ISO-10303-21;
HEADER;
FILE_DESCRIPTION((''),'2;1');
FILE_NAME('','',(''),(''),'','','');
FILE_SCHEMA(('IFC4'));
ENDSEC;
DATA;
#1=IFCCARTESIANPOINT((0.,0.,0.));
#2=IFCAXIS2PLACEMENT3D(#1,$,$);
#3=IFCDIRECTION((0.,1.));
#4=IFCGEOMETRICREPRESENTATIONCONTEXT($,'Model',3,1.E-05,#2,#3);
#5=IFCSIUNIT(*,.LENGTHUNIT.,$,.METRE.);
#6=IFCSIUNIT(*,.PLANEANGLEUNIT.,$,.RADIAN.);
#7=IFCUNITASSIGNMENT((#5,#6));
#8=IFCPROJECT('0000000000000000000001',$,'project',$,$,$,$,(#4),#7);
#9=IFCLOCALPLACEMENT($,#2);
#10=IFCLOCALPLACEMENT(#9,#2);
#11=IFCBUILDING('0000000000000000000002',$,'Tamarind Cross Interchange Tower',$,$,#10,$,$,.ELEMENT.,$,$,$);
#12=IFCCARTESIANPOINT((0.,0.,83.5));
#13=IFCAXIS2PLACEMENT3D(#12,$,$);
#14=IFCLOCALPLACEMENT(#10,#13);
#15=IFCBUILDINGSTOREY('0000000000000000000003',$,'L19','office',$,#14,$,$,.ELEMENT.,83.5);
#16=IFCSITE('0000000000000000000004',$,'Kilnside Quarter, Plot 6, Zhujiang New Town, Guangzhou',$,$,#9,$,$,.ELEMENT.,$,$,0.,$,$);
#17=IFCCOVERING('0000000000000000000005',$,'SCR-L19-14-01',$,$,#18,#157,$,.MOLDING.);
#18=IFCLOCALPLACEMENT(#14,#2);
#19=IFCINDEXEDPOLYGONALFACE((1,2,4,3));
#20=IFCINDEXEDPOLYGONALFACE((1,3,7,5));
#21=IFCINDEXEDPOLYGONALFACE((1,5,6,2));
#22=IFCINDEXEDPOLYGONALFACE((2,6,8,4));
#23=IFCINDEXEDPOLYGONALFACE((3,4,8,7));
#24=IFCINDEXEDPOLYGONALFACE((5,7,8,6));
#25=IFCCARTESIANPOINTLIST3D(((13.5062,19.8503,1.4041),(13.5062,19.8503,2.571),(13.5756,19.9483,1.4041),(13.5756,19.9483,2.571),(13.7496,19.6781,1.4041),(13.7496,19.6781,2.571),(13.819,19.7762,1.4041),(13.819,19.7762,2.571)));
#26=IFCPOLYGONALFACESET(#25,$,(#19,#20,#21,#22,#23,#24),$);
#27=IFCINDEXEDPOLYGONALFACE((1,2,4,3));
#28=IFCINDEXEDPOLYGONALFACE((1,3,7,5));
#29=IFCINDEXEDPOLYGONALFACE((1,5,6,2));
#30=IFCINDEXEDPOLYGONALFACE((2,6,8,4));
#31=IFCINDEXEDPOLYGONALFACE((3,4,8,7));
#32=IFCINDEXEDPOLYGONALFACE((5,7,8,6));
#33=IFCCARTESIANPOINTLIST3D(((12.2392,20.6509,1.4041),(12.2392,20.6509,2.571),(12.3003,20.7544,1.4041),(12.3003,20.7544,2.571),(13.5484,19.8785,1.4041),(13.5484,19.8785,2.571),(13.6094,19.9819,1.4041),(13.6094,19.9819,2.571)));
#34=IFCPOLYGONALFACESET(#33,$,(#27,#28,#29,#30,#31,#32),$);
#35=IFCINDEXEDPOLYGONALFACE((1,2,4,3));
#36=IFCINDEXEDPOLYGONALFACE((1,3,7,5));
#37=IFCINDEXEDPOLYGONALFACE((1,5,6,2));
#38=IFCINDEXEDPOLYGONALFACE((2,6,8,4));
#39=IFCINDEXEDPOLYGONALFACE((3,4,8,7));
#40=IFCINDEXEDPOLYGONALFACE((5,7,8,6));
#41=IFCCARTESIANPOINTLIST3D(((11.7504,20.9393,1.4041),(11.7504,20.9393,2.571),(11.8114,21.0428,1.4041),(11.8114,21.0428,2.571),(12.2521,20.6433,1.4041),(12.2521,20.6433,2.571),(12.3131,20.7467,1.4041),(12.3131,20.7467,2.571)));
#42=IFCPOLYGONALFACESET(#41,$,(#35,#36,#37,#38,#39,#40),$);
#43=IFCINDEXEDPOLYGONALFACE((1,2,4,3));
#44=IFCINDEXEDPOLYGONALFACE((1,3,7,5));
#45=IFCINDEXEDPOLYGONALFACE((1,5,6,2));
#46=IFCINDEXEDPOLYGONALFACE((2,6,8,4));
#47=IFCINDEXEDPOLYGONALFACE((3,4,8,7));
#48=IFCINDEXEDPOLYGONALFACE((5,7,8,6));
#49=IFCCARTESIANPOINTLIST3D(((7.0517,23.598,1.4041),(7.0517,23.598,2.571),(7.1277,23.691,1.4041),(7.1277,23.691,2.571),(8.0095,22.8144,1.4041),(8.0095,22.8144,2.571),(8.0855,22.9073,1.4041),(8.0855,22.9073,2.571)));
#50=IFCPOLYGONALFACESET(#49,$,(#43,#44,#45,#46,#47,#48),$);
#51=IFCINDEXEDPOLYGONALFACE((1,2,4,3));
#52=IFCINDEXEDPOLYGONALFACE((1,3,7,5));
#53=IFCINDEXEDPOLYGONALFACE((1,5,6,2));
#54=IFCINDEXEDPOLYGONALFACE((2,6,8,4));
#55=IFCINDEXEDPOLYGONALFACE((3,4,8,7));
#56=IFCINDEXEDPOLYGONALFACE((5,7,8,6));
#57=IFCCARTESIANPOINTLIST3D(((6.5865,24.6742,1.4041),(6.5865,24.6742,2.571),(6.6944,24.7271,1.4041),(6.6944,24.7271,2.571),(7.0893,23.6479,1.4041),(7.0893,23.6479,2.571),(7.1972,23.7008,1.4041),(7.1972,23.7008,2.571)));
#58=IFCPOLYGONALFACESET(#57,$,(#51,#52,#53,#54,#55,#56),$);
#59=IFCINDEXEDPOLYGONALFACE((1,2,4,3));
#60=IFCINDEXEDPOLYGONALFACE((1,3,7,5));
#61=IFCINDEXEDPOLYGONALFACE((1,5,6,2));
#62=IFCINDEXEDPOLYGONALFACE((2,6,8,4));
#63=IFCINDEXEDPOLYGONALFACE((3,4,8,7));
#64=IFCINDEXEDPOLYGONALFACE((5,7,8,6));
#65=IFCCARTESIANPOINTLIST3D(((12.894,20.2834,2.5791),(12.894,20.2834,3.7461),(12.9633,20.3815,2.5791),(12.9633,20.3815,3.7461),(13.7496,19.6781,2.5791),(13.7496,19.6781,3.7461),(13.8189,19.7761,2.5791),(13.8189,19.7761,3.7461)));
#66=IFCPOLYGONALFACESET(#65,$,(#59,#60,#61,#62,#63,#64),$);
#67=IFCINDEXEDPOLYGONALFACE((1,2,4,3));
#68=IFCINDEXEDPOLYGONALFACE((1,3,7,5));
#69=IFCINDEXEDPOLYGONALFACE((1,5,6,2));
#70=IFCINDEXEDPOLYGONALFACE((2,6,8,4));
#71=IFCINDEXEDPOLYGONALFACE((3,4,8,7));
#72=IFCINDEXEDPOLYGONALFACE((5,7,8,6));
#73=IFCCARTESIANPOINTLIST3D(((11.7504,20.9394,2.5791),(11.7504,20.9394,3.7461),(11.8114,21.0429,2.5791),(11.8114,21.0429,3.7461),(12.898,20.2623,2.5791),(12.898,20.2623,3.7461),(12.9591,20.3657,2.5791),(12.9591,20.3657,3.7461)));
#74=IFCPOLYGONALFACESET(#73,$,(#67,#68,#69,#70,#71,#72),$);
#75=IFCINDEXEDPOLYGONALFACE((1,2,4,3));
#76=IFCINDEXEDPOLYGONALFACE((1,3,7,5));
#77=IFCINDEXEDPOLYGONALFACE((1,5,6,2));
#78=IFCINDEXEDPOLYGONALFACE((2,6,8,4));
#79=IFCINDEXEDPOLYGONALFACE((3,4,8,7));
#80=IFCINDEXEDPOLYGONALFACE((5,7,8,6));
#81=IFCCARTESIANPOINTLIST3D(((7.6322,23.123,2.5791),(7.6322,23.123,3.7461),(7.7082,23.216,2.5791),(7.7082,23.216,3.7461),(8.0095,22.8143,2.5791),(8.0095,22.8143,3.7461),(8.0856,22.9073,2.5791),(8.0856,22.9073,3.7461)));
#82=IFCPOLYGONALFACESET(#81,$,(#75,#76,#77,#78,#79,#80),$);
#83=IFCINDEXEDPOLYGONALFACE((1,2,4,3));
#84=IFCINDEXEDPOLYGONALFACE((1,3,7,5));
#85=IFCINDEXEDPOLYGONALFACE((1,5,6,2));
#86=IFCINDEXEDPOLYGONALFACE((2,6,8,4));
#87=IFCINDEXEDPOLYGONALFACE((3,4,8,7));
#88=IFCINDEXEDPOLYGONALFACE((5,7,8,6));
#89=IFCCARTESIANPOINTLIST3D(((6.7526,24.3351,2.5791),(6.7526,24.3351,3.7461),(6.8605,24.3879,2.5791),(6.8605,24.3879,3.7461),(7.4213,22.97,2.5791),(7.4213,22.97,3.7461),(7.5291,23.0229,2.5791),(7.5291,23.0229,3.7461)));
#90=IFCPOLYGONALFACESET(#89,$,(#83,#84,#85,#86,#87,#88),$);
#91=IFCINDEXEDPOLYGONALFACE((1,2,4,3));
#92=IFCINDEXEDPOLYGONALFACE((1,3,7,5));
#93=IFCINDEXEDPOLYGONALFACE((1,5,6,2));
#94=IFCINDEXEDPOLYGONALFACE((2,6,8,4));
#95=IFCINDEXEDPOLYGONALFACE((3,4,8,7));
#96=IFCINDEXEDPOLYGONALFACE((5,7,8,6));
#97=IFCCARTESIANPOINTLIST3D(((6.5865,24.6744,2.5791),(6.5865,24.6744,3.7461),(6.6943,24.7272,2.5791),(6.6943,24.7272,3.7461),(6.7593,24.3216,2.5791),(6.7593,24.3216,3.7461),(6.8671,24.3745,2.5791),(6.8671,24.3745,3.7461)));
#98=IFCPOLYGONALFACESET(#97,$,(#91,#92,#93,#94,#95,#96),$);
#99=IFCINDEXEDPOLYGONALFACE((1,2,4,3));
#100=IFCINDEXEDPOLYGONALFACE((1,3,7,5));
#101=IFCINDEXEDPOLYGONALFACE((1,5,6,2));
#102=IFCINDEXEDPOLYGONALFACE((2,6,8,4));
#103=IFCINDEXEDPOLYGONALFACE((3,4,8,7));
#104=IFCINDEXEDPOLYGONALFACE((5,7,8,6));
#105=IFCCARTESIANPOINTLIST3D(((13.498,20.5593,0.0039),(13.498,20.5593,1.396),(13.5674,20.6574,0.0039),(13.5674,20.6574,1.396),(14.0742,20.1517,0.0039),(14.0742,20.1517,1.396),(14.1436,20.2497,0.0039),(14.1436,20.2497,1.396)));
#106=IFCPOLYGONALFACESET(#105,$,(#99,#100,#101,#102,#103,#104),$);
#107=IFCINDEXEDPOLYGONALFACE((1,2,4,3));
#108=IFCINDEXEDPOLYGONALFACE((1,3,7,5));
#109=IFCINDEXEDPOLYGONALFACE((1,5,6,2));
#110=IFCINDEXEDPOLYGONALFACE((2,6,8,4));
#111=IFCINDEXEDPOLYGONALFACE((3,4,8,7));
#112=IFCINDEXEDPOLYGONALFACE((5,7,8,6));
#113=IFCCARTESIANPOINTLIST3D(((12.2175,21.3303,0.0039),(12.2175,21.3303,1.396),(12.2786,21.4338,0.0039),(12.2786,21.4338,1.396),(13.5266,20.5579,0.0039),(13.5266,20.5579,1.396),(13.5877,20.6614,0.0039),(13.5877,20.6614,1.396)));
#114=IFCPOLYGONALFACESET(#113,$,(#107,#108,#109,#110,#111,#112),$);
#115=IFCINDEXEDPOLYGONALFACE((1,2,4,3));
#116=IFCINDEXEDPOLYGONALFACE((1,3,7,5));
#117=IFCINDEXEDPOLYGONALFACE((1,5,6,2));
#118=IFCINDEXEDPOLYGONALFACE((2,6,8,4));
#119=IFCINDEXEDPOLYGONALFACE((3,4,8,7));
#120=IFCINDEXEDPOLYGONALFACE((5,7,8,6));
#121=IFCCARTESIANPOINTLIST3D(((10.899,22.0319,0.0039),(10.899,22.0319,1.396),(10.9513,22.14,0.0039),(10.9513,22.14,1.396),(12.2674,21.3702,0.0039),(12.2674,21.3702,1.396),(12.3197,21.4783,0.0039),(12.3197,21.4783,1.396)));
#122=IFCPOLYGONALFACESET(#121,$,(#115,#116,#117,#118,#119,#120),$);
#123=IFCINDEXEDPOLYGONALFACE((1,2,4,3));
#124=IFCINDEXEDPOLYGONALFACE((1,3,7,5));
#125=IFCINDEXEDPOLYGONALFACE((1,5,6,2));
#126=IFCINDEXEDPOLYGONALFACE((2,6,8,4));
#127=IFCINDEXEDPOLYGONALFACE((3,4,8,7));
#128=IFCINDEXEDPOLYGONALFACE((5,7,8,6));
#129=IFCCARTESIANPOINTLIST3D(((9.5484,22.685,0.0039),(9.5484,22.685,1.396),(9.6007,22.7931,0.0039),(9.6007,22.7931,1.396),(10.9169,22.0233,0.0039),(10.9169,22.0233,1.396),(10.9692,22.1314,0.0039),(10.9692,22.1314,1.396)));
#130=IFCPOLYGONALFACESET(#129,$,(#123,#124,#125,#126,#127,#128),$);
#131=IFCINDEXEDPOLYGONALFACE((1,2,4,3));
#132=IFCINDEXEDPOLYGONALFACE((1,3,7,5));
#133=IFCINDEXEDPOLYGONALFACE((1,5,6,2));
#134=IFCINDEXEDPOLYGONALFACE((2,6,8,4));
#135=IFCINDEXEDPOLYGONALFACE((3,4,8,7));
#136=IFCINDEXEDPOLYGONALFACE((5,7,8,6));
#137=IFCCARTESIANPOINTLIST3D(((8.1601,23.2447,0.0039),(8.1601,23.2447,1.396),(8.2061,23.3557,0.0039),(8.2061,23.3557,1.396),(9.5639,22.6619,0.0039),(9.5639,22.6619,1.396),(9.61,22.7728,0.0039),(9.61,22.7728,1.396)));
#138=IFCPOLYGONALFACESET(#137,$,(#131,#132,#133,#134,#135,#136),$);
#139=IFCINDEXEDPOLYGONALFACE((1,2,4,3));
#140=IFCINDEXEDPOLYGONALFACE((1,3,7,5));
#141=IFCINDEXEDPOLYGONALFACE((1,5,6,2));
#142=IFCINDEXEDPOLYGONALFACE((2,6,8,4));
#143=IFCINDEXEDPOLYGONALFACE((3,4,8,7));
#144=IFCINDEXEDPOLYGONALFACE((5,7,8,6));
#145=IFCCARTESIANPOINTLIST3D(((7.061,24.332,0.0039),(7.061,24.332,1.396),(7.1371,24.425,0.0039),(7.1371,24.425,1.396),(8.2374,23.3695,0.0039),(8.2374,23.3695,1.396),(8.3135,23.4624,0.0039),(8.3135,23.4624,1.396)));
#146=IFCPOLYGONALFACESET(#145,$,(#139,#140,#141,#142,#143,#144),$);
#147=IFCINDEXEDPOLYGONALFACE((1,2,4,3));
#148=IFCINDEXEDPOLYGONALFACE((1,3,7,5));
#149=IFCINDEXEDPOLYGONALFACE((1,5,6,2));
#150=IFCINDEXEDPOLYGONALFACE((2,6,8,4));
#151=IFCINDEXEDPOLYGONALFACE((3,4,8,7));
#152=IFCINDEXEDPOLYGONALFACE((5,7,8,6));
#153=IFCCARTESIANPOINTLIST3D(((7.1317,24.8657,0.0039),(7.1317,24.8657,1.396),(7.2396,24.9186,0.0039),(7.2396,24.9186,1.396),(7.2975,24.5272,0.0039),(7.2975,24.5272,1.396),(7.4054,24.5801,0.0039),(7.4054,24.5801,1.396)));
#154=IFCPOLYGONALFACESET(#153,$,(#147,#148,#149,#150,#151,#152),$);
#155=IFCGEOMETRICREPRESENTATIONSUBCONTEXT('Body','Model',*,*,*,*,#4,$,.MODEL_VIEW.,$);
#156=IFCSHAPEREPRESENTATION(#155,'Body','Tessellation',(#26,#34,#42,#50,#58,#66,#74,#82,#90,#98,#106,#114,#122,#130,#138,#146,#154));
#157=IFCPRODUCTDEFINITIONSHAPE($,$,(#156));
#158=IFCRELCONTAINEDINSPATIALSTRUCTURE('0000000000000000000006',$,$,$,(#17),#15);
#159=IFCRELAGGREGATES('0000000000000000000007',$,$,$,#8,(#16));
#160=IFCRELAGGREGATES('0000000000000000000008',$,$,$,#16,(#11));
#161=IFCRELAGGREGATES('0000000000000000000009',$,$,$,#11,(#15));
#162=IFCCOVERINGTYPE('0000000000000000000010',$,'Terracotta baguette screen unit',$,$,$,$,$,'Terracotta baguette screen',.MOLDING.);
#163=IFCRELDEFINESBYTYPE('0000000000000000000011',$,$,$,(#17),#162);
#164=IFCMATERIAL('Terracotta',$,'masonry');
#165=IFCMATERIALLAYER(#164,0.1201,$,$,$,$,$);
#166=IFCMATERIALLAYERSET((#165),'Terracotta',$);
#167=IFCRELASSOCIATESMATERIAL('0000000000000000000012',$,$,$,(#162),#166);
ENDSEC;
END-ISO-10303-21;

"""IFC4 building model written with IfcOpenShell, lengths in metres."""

from ifc_helpers import new_model, si_unit, direction, frame, origin, origin_2d, place, context, subcontext, project, spatial, rectangle, extrude, material, layer, layer_set, type_object, element, save


model = new_model("IFC4")

# Units and contexts
model_context = context("Model", 3, precision=1e-05, world=origin(), true_north=direction((0.0, 1.0)))
body_context = subcontext(model_context, "Body", "Model", "MODEL_VIEW")
ifc_project = project(units=[si_unit("LENGTHUNIT", "METRE"), si_unit("PLANEANGLEUNIT", "RADIAN")], contexts=[model_context])

# Site, building, storey
site_placement = place(None, origin())
site = spatial("IfcSite", under=ifc_project, at=site_placement, Name="Kilnside Quarter, Plot 6, Zhujiang New Town, Guangzhou", CompositionType="ELEMENT", RefElevation=0.0)
building_placement = place(site_placement, origin())
building = spatial("IfcBuilding", under=site, at=building_placement, Name="Tamarind Cross Interchange Tower", CompositionType="ELEMENT")
storey_placement = place(building_placement, frame((0.0, 0.0, 83.5)))
storey = spatial("IfcBuildingStorey", under=building, at=storey_placement, Name="L19", Description="office", CompositionType="ELEMENT", Elevation=83.5)

# Covering
ifc_material_1 = material(Name="Terracotta", Category="masonry")
ifc_layer_1 = layer(ifc_material_1, 0.1201)
ifc_layer_set_1 = layer_set([ifc_layer_1], Name="Terracotta")
covering_type = type_object("IfcCoveringType", Name="Terracotta baguette screen unit", ElementType="Terracotta baguette screen", PredefinedType="MOLDING", material=ifc_layer_set_1)
covering_1_placement = place(storey_placement, origin())
element("IfcCovering", 1, at=covering_1_placement, inside=storey, type_object=covering_type, Name="SCR-L19-14-01", PredefinedType="MOLDING", context=body_context, shape_type="SweptSolid", body=[
    extrude(rectangle(XDim=0.2981, YDim=0.1201, at=origin_2d()), frame((13.6626, 19.8132, 1.4041), z_axis=(0.0, 0.0, 1.0), x_axis=(-0.816342, 0.577569, 0.0)), (0.0, 0.0, 1.0), 1.167),
    extrude(rectangle(XDim=1.52, YDim=0.1201, at=origin_2d()), frame((12.9243, 20.3164, 1.4041), z_axis=(0.0, 0.0, 1.0), x_axis=(-0.861249, 0.508183, 0.0)), (0.0, 0.0, 1.0), 1.167),
    extrude(rectangle(XDim=0.5825, YDim=0.1201, at=origin_2d()), frame((12.0317, 20.843, 1.4041), z_axis=(0.0, 0.0, 1.0), x_axis=(-0.861249, 0.508183, 0.0)), (0.0, 0.0, 1.0), 1.167),
    extrude(rectangle(XDim=1.2375, YDim=0.1201, at=origin_2d()), frame((7.5686, 23.2527, 1.4041), z_axis=(0.0, 0.0, 1.0), x_axis=(-0.773963, 0.633231, 0.0)), (0.0, 0.0, 1.0), 1.167),
    extrude(rectangle(XDim=1.1428, YDim=0.1201, at=origin_2d()), frame((6.8918, 24.1875, 1.4041), z_axis=(0.0, 0.0, 1.0), x_axis=(-0.439921, 0.898037, 0.0)), (0.0, 0.0, 1.0), 1.167),
    extrude(rectangle(XDim=1.0481, YDim=0.1201, at=origin_2d()), frame((13.3564, 20.0298, 2.5791), z_axis=(0.0, 0.0, 1.0), x_axis=(-0.816342, 0.577569, 0.0)), (0.0, 0.0, 1.0), 1.167),
    extrude(rectangle(XDim=1.3325, YDim=0.1201, at=origin_2d()), frame((12.3547, 20.6526, 2.5791), z_axis=(0.0, 0.0, 1.0), x_axis=(-0.861249, 0.508183, 0.0)), (0.0, 0.0, 1.0), 1.167),
    extrude(rectangle(XDim=0.4875, YDim=0.1201, at=origin_2d()), frame((7.8589, 23.0151, 2.5791), z_axis=(0.0, 0.0, 1.0), x_axis=(-0.773963, 0.633231, 0.0)), (0.0, 0.0, 1.0), 1.167),
    extrude(rectangle(XDim=1.52, YDim=0.1201, at=origin_2d()), frame((7.1409, 23.679, 2.5791), z_axis=(0.0, 0.0, 1.0), x_axis=(-0.439921, 0.898037, 0.0)), (0.0, 0.0, 1.0), 1.167),
    extrude(rectangle(XDim=0.3928, YDim=0.1201, at=origin_2d()), frame((6.7268, 24.5244, 2.5791), z_axis=(0.0, 0.0, 1.0), x_axis=(-0.439921, 0.898037, 0.0)), (0.0, 0.0, 1.0), 1.167),
    extrude(rectangle(XDim=0.7058, YDim=0.1201, at=origin_2d()), frame((13.8208, 20.4045, 0.0039), z_axis=(0.0, 0.0, 1.0), x_axis=(-0.816342, 0.577569, 0.0)), (0.0, 0.0, 1.0), 1.3921),
    extrude(rectangle(XDim=1.52, YDim=0.1201, at=origin_2d()), frame((12.9026, 20.9958, 0.0039), z_axis=(0.0, 0.0, 1.0), x_axis=(-0.861249, 0.508183, 0.0)), (0.0, 0.0, 1.0), 1.3921),
    extrude(rectangle(XDim=1.52, YDim=0.1201, at=origin_2d()), frame((11.6094, 21.7551, 0.0039), z_axis=(0.0, 0.0, 1.0), x_axis=(-0.900273, 0.435326, 0.0)), (0.0, 0.0, 1.0), 1.3921),
    extrude(rectangle(XDim=1.52, YDim=0.1201, at=origin_2d()), frame((10.2588, 22.4082, 0.0039), z_axis=(0.0, 0.0, 1.0), x_axis=(-0.900273, 0.435326, 0.0)), (0.0, 0.0, 1.0), 1.3921),
    extrude(rectangle(XDim=1.52, YDim=0.1201, at=origin_2d()), frame((8.885, 23.0088, 0.0039), z_axis=(0.0, 0.0, 1.0), x_axis=(-0.923564, 0.383445, 0.0)), (0.0, 0.0, 1.0), 1.3921),
    extrude(rectangle(XDim=1.52, YDim=0.1201, at=origin_2d()), frame((7.6873, 23.8972, 0.0039), z_axis=(0.0, 0.0, 1.0), x_axis=(-0.773963, 0.633231, 0.0)), (0.0, 0.0, 1.0), 1.3921),
    extrude(rectangle(XDim=0.377, YDim=0.1201, at=origin_2d()), frame((7.2686, 24.7229, 0.0039), z_axis=(0.0, 0.0, 1.0), x_axis=(-0.439921, 0.898037, 0.0)), (0.0, 0.0, 1.0), 1.3921),
])

save(model, "model.ifc")
